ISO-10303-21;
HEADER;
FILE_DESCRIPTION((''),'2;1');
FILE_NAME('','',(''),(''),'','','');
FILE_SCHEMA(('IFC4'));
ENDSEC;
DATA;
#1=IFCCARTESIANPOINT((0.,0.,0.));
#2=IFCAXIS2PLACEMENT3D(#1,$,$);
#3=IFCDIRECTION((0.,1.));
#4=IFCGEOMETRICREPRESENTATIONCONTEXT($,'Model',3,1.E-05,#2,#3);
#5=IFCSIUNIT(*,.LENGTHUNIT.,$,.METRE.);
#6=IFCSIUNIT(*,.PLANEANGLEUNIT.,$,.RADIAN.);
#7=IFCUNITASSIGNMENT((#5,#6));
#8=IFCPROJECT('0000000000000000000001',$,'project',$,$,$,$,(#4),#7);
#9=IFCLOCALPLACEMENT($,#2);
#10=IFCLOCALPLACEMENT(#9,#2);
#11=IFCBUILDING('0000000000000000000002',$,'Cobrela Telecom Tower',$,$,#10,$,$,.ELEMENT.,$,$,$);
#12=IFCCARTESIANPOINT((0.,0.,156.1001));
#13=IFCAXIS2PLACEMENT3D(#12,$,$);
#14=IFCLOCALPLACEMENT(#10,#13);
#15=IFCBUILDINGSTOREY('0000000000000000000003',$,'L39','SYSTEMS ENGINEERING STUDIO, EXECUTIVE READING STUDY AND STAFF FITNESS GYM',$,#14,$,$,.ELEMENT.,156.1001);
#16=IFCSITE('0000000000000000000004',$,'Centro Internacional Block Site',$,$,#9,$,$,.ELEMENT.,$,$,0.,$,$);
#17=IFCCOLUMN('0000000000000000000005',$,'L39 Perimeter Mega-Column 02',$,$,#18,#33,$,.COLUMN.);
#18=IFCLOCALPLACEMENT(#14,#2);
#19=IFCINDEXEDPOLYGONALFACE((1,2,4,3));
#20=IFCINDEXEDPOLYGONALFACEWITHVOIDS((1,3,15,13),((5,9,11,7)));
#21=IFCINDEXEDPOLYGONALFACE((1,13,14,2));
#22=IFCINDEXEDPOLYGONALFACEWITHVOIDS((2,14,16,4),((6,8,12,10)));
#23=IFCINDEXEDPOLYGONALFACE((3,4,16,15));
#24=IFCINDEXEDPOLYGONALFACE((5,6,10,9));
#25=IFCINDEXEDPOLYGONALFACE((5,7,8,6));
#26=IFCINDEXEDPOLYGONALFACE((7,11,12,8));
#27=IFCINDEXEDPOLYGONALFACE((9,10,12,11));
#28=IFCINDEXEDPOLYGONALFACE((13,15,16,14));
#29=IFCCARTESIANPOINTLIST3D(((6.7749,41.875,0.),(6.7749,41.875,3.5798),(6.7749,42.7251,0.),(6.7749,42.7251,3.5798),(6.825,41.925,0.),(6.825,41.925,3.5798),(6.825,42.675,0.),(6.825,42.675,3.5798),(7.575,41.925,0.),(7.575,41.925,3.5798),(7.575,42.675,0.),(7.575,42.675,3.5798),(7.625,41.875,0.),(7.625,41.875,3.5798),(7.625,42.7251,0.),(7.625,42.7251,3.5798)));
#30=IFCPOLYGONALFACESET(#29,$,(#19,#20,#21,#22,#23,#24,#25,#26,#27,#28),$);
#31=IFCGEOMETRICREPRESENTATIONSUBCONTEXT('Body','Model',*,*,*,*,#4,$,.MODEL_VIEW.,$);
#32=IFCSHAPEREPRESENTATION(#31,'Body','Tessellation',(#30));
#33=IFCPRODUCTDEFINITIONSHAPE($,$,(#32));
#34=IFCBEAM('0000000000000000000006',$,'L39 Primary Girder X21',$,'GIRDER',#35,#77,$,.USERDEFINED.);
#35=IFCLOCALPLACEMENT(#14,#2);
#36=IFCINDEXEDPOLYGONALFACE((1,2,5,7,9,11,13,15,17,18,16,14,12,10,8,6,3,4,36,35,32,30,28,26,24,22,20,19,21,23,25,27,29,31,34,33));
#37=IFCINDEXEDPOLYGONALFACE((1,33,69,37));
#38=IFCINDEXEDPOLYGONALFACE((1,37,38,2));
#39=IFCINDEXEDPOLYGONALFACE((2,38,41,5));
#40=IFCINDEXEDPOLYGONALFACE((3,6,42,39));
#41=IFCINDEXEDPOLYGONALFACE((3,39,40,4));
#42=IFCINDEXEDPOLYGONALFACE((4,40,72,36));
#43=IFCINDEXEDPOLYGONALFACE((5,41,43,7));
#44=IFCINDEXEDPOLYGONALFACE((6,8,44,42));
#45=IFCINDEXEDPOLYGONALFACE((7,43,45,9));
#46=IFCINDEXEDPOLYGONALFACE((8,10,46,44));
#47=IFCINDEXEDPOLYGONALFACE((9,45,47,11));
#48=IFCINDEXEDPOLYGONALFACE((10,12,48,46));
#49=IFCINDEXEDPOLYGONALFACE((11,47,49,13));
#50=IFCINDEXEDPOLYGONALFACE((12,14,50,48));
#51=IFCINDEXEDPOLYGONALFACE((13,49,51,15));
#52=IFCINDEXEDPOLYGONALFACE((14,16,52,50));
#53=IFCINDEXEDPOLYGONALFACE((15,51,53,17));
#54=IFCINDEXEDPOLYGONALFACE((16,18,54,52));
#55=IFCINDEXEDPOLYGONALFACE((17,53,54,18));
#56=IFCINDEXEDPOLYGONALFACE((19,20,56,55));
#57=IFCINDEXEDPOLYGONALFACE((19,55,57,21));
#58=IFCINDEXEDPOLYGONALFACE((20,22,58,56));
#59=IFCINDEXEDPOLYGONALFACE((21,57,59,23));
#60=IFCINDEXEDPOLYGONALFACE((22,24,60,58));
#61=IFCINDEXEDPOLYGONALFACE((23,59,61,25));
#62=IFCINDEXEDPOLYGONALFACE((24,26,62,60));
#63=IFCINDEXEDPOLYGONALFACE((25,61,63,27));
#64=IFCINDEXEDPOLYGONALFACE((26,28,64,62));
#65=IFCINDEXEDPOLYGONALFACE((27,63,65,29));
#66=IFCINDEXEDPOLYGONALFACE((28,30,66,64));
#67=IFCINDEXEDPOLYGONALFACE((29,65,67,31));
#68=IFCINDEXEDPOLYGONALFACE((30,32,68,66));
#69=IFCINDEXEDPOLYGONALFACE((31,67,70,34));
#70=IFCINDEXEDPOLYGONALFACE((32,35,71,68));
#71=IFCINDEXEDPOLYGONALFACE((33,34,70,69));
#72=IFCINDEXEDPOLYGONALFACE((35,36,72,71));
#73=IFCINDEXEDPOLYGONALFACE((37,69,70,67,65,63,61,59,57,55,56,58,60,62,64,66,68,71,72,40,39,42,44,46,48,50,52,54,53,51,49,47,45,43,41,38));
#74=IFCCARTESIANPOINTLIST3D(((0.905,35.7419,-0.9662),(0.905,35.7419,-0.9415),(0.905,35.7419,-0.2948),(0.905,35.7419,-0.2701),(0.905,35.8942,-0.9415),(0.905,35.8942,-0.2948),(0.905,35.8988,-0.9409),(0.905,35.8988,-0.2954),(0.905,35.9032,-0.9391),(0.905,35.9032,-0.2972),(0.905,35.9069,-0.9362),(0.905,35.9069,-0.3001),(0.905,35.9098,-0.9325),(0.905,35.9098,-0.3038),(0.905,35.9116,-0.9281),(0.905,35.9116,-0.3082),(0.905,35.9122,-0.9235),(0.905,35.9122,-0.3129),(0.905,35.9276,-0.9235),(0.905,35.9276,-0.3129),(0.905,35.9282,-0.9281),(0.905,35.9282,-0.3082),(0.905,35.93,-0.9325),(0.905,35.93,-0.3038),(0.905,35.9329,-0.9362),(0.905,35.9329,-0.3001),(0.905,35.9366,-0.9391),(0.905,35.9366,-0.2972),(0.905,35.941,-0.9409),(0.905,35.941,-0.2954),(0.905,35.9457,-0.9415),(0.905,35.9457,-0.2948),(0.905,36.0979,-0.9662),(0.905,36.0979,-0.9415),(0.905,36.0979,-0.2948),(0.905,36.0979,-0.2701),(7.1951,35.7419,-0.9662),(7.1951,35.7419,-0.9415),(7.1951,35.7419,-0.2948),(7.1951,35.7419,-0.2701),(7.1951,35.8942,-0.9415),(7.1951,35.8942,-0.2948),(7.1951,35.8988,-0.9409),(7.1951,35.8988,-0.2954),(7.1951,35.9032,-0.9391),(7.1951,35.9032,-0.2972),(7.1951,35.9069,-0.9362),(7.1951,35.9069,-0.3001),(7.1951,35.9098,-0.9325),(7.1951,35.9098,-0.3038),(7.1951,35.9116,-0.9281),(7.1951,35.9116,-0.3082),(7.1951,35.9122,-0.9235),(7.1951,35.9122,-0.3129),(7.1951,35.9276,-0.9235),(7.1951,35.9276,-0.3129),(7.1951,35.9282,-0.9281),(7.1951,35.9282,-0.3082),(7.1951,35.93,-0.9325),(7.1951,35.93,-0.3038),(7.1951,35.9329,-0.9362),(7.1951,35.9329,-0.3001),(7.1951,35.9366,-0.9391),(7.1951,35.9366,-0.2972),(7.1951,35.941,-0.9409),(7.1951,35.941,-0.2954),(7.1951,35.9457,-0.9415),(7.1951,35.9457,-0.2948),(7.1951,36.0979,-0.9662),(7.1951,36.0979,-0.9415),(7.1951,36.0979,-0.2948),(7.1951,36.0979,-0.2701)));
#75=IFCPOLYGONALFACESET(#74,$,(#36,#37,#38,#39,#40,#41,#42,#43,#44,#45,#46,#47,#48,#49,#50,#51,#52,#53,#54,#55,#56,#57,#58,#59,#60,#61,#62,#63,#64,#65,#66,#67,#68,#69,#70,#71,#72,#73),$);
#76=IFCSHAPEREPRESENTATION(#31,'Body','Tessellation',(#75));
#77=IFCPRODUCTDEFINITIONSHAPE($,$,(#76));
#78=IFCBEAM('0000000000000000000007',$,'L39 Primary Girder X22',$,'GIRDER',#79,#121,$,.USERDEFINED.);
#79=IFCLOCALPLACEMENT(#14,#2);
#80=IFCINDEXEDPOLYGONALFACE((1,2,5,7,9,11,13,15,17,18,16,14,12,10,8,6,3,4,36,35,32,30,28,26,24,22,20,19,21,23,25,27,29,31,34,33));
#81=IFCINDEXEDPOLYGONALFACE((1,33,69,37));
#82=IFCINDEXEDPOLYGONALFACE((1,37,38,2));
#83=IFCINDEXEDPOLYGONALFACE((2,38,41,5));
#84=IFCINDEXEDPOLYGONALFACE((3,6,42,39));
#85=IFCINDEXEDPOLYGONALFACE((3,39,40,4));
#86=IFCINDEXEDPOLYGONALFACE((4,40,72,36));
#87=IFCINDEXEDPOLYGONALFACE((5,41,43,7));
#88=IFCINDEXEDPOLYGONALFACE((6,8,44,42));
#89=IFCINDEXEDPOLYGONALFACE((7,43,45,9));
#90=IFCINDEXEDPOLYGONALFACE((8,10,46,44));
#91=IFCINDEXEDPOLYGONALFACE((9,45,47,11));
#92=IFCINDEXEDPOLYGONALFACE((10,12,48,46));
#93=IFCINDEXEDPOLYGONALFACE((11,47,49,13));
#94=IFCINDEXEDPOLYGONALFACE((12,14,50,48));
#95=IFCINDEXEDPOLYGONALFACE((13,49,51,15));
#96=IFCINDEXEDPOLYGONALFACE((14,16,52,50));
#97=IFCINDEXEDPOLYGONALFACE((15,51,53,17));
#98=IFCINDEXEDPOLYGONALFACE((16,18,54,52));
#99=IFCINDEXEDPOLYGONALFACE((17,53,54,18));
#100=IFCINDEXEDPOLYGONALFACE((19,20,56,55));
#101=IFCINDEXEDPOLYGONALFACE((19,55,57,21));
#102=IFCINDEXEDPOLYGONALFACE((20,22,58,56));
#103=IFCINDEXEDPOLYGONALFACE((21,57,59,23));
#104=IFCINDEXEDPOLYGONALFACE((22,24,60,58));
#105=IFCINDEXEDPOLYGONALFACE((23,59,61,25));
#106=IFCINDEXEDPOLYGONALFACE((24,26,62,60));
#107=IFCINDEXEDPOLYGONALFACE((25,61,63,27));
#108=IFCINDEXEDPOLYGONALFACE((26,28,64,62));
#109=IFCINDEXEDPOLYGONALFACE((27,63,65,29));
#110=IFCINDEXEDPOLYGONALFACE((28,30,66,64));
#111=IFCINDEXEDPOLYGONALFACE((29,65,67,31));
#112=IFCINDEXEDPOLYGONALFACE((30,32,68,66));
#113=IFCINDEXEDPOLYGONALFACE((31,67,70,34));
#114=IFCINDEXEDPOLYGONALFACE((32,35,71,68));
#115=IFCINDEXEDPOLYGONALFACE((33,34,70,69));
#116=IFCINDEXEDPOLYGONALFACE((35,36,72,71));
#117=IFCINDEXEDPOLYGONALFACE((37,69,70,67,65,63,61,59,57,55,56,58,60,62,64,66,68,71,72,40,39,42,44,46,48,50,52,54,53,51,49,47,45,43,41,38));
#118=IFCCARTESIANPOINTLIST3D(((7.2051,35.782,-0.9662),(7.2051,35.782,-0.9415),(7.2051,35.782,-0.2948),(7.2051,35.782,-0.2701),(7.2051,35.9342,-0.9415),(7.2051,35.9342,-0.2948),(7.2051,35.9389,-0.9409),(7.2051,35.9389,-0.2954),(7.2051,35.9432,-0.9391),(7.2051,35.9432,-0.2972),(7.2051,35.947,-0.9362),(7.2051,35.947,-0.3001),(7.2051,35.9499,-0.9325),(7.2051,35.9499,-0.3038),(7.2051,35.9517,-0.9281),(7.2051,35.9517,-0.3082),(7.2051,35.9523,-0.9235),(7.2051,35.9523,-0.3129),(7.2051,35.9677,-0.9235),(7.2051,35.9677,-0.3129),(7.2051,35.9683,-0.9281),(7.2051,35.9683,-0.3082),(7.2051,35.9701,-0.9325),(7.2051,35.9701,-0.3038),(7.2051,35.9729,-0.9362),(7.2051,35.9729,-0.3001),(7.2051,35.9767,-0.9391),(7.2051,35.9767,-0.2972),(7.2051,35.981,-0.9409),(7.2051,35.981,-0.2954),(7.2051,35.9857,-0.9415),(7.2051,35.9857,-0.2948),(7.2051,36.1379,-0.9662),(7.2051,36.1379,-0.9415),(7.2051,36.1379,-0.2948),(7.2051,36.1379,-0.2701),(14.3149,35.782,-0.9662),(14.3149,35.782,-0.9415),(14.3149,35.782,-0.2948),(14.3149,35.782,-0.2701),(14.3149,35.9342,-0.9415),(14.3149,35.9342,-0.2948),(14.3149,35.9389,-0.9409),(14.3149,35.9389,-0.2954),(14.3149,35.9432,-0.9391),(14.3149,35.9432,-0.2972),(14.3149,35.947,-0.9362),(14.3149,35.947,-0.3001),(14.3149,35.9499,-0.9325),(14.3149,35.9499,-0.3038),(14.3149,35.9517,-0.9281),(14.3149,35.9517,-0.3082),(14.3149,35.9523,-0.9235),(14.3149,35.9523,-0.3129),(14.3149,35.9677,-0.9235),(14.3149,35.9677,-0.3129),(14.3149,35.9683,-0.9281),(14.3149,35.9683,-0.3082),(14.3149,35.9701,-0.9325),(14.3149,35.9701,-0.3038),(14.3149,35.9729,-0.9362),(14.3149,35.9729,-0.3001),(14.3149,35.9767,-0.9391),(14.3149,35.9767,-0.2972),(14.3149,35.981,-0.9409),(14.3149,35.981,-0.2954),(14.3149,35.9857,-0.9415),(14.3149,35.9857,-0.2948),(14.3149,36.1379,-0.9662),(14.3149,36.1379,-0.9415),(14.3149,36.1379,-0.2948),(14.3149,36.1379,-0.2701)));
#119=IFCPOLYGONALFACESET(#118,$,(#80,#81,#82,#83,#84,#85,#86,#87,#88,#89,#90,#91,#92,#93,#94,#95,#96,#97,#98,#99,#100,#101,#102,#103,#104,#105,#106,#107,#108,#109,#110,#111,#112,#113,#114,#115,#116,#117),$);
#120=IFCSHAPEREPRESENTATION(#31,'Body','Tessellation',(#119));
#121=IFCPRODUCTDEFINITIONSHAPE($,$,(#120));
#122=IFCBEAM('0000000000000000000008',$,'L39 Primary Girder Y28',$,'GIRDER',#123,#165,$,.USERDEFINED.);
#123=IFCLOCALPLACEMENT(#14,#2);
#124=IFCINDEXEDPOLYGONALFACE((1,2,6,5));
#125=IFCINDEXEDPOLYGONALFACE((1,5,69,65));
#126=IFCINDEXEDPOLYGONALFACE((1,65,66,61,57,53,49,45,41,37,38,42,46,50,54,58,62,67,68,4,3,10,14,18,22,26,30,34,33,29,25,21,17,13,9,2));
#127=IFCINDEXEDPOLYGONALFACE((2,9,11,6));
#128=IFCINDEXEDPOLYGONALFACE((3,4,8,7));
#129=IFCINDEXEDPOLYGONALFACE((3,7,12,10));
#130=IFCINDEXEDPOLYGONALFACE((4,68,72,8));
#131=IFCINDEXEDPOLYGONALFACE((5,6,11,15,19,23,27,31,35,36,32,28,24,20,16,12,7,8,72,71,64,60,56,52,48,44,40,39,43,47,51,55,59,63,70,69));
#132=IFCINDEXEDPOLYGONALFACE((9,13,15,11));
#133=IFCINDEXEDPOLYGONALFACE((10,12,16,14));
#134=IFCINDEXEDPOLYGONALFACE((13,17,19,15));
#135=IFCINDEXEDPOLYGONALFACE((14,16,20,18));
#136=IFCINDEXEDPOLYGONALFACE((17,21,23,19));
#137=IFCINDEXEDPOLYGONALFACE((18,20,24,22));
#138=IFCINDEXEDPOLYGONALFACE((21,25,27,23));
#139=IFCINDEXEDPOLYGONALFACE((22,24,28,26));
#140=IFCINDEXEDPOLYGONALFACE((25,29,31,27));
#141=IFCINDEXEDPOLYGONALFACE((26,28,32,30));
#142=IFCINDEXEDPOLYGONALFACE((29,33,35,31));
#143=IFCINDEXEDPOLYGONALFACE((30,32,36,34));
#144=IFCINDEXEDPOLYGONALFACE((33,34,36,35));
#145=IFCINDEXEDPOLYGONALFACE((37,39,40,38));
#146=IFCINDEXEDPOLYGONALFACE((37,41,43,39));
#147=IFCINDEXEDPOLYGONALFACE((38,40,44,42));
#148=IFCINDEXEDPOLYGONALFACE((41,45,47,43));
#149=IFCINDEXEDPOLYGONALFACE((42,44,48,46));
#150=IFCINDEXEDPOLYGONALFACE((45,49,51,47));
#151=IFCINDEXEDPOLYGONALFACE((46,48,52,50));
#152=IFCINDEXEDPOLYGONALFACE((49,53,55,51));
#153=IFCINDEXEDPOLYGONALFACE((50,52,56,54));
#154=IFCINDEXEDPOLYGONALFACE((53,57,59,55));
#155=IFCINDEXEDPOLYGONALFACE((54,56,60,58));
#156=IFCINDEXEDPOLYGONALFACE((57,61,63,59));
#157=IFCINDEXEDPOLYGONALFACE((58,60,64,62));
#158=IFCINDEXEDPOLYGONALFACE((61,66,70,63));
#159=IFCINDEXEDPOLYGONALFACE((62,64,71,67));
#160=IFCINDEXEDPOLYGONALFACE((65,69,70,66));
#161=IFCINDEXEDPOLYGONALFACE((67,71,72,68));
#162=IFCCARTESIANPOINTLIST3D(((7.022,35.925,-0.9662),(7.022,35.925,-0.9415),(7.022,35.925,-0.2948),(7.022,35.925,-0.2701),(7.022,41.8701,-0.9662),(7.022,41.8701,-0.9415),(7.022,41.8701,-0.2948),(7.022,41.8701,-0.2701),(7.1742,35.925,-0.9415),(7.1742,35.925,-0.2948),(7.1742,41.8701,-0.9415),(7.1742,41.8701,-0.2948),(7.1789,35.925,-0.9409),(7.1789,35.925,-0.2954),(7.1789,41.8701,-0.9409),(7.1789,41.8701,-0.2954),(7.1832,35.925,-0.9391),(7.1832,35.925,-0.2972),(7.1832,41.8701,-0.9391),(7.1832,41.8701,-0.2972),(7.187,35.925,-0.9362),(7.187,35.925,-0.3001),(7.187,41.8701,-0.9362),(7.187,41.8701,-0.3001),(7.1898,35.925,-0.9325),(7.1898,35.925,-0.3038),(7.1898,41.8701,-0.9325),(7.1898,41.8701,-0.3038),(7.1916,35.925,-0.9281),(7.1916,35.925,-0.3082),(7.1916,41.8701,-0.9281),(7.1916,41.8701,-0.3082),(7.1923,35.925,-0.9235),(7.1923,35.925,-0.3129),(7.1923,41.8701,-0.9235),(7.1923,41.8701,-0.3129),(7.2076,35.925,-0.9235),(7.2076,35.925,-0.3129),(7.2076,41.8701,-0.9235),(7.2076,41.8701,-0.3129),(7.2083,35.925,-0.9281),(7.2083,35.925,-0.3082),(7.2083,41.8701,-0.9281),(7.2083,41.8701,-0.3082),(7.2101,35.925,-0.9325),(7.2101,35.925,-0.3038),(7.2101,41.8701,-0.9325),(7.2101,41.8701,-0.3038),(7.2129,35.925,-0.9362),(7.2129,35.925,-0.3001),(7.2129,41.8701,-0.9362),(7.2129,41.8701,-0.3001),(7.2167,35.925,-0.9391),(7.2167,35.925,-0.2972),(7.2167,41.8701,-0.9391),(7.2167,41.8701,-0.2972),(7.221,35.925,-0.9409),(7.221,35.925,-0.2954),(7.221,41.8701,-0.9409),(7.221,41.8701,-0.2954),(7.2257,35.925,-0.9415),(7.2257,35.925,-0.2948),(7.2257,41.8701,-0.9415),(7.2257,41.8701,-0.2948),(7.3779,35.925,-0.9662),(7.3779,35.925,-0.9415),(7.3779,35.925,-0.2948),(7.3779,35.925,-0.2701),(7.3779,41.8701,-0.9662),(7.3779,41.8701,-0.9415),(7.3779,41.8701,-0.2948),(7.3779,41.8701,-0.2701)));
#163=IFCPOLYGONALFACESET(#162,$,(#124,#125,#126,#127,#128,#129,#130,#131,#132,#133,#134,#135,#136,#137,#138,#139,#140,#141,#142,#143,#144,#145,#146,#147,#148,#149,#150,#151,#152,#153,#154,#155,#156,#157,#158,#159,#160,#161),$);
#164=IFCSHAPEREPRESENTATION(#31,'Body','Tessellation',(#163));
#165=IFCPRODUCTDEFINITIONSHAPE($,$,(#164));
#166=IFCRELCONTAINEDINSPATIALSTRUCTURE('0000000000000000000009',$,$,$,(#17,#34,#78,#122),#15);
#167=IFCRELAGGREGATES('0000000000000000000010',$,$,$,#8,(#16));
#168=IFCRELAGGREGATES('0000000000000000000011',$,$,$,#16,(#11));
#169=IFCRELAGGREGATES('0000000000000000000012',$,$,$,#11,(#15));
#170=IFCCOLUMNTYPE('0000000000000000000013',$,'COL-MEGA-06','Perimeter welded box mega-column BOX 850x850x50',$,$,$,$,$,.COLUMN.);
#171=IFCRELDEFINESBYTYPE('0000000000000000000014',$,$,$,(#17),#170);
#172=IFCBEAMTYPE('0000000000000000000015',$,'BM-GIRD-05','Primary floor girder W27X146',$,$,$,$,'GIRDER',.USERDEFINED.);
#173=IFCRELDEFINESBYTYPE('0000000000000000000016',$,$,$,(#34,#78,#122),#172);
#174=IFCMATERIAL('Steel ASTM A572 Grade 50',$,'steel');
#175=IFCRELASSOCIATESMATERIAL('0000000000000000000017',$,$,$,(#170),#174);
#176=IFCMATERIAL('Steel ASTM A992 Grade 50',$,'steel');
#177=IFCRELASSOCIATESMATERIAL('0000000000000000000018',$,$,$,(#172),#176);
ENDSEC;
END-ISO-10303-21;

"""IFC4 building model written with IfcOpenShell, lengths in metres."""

from ifc_helpers import new_model, si_unit, direction, frame, origin, origin_2d, place, context, subcontext, project, spatial, hollow_rectangle, i_section, extrude, material, material_profile, profile_set, type_object, element, save


model = new_model("IFC4")

# Units and contexts
model_context = context("Model", 3, precision=1e-05, world=origin(), true_north=direction((0.0, 1.0)))
body_context = subcontext(model_context, "Body", "Model", "MODEL_VIEW")
ifc_project = project(units=[si_unit("LENGTHUNIT", "METRE"), si_unit("PLANEANGLEUNIT", "RADIAN")], contexts=[model_context])

# Site, building, storey
site_placement = place(None, origin())
site = spatial("IfcSite", under=ifc_project, at=site_placement, Name="Centro Internacional Block Site", CompositionType="ELEMENT", RefElevation=0.0)
building_placement = place(site_placement, origin())
building = spatial("IfcBuilding", under=site, at=building_placement, Name="Cobrela Telecom Tower", CompositionType="ELEMENT")
storey_placement = place(building_placement, frame((0.0, 0.0, 156.1001)))
storey = spatial("IfcBuildingStorey", under=building, at=storey_placement, Name="L39", Description="SYSTEMS ENGINEERING STUDIO, EXECUTIVE READING STUDY AND STAFF FITNESS GYM", CompositionType="ELEMENT", Elevation=156.1001)

# Column
ifc_material_1 = material(Name="Steel ASTM A572 Grade 50", Category="steel")
ifc_material_profile_1 = material_profile(ifc_material_1, hollow_rectangle(XDim=0.8501, YDim=0.8501, WallThickness=0.05, at=origin_2d()), Name="BOX 850x850x50")
ifc_profile_set_1 = profile_set([ifc_material_profile_1], Name="Steel ASTM A572 Grade 50")
column_type = type_object("IfcColumnType", Name="COL-MEGA-06", Description="Perimeter welded box mega-column BOX 850x850x50", PredefinedType="COLUMN", material=ifc_profile_set_1)
column_placement = place(storey_placement, frame((7.2, 42.3, 0.0), z_axis=(0.0, 0.0, 1.0), x_axis=(1.0, 0.0, 0.0)))
element("IfcColumn", 1, at=column_placement, inside=storey, type_object=column_type, Name="L39 Perimeter Mega-Column 02", PredefinedType="COLUMN", context=body_context, shape_type="SweptSolid", body=[
    extrude(hollow_rectangle(XDim=0.8501, YDim=0.8501, WallThickness=0.05, at=origin_2d()), origin(), (0.0, 0.0, 1.0), 3.5798),
])

# Beams
ifc_material_2 = material(Name="Steel ASTM A992 Grade 50", Category="steel")
ifc_material_profile_2 = material_profile(ifc_material_2, i_section(OverallWidth=0.356, OverallDepth=0.696, WebThickness=0.0154, FlangeThickness=0.0247, FilletRadius=0.0181, at=origin_2d()), Name="W27X146")
ifc_profile_set_2 = profile_set([ifc_material_profile_2], Name="Steel ASTM A992 Grade 50")
beam_type_1 = type_object("IfcBeamType", Name="BM-GIRD-05", Description="Primary floor girder W27X146", ElementType="GIRDER", PredefinedType="USERDEFINED", material=ifc_profile_set_2)
beam_1_placement = place(storey_placement, frame((0.905, 35.9199, -0.6182), z_axis=(1.0, 0.0, 0.0), x_axis=(0.0, 1.0, 0.0)))
element("IfcBeam", 2, at=beam_1_placement, inside=storey, type_object=beam_type_1, Name="L39 Primary Girder X21", ObjectType="GIRDER", PredefinedType="USERDEFINED", context=body_context, shape_type="SweptSolid", body=[
    extrude(i_section(OverallWidth=0.356, OverallDepth=0.696, WebThickness=0.0154, FlangeThickness=0.0247, FilletRadius=0.0181, at=origin_2d()), origin(), (0.0, 0.0, 1.0), 6.29),
])
beam_2_placement = place(storey_placement, frame((7.2051, 35.96, -0.6182), z_axis=(1.0, 0.0, 0.0), x_axis=(0.0, 1.0, 0.0)))
element("IfcBeam", 3, at=beam_2_placement, inside=storey, type_object=beam_type_1, Name="L39 Primary Girder X22", ObjectType="GIRDER", PredefinedType="USERDEFINED", context=body_context, shape_type="SweptSolid", body=[
    extrude(i_section(OverallWidth=0.356, OverallDepth=0.696, WebThickness=0.0154, FlangeThickness=0.0247, FilletRadius=0.0181, at=origin_2d()), origin(), (0.0, 0.0, 1.0), 7.1099),
])
beam_3_placement = place(storey_placement, frame((7.2, 35.925, -0.6182), z_axis=(0.0, 1.0, 0.0), x_axis=(-1.0, 0.0, 0.0)))
element("IfcBeam", 4, at=beam_3_placement, inside=storey, type_object=beam_type_1, Name="L39 Primary Girder Y28", ObjectType="GIRDER", PredefinedType="USERDEFINED", context=body_context, shape_type="SweptSolid", body=[
    extrude(i_section(OverallWidth=0.356, OverallDepth=0.696, WebThickness=0.0154, FlangeThickness=0.0247, FilletRadius=0.0181, at=origin_2d()), origin(), (0.0, 0.0, 1.0), 5.9451),
])

save(model, "model.ifc")
